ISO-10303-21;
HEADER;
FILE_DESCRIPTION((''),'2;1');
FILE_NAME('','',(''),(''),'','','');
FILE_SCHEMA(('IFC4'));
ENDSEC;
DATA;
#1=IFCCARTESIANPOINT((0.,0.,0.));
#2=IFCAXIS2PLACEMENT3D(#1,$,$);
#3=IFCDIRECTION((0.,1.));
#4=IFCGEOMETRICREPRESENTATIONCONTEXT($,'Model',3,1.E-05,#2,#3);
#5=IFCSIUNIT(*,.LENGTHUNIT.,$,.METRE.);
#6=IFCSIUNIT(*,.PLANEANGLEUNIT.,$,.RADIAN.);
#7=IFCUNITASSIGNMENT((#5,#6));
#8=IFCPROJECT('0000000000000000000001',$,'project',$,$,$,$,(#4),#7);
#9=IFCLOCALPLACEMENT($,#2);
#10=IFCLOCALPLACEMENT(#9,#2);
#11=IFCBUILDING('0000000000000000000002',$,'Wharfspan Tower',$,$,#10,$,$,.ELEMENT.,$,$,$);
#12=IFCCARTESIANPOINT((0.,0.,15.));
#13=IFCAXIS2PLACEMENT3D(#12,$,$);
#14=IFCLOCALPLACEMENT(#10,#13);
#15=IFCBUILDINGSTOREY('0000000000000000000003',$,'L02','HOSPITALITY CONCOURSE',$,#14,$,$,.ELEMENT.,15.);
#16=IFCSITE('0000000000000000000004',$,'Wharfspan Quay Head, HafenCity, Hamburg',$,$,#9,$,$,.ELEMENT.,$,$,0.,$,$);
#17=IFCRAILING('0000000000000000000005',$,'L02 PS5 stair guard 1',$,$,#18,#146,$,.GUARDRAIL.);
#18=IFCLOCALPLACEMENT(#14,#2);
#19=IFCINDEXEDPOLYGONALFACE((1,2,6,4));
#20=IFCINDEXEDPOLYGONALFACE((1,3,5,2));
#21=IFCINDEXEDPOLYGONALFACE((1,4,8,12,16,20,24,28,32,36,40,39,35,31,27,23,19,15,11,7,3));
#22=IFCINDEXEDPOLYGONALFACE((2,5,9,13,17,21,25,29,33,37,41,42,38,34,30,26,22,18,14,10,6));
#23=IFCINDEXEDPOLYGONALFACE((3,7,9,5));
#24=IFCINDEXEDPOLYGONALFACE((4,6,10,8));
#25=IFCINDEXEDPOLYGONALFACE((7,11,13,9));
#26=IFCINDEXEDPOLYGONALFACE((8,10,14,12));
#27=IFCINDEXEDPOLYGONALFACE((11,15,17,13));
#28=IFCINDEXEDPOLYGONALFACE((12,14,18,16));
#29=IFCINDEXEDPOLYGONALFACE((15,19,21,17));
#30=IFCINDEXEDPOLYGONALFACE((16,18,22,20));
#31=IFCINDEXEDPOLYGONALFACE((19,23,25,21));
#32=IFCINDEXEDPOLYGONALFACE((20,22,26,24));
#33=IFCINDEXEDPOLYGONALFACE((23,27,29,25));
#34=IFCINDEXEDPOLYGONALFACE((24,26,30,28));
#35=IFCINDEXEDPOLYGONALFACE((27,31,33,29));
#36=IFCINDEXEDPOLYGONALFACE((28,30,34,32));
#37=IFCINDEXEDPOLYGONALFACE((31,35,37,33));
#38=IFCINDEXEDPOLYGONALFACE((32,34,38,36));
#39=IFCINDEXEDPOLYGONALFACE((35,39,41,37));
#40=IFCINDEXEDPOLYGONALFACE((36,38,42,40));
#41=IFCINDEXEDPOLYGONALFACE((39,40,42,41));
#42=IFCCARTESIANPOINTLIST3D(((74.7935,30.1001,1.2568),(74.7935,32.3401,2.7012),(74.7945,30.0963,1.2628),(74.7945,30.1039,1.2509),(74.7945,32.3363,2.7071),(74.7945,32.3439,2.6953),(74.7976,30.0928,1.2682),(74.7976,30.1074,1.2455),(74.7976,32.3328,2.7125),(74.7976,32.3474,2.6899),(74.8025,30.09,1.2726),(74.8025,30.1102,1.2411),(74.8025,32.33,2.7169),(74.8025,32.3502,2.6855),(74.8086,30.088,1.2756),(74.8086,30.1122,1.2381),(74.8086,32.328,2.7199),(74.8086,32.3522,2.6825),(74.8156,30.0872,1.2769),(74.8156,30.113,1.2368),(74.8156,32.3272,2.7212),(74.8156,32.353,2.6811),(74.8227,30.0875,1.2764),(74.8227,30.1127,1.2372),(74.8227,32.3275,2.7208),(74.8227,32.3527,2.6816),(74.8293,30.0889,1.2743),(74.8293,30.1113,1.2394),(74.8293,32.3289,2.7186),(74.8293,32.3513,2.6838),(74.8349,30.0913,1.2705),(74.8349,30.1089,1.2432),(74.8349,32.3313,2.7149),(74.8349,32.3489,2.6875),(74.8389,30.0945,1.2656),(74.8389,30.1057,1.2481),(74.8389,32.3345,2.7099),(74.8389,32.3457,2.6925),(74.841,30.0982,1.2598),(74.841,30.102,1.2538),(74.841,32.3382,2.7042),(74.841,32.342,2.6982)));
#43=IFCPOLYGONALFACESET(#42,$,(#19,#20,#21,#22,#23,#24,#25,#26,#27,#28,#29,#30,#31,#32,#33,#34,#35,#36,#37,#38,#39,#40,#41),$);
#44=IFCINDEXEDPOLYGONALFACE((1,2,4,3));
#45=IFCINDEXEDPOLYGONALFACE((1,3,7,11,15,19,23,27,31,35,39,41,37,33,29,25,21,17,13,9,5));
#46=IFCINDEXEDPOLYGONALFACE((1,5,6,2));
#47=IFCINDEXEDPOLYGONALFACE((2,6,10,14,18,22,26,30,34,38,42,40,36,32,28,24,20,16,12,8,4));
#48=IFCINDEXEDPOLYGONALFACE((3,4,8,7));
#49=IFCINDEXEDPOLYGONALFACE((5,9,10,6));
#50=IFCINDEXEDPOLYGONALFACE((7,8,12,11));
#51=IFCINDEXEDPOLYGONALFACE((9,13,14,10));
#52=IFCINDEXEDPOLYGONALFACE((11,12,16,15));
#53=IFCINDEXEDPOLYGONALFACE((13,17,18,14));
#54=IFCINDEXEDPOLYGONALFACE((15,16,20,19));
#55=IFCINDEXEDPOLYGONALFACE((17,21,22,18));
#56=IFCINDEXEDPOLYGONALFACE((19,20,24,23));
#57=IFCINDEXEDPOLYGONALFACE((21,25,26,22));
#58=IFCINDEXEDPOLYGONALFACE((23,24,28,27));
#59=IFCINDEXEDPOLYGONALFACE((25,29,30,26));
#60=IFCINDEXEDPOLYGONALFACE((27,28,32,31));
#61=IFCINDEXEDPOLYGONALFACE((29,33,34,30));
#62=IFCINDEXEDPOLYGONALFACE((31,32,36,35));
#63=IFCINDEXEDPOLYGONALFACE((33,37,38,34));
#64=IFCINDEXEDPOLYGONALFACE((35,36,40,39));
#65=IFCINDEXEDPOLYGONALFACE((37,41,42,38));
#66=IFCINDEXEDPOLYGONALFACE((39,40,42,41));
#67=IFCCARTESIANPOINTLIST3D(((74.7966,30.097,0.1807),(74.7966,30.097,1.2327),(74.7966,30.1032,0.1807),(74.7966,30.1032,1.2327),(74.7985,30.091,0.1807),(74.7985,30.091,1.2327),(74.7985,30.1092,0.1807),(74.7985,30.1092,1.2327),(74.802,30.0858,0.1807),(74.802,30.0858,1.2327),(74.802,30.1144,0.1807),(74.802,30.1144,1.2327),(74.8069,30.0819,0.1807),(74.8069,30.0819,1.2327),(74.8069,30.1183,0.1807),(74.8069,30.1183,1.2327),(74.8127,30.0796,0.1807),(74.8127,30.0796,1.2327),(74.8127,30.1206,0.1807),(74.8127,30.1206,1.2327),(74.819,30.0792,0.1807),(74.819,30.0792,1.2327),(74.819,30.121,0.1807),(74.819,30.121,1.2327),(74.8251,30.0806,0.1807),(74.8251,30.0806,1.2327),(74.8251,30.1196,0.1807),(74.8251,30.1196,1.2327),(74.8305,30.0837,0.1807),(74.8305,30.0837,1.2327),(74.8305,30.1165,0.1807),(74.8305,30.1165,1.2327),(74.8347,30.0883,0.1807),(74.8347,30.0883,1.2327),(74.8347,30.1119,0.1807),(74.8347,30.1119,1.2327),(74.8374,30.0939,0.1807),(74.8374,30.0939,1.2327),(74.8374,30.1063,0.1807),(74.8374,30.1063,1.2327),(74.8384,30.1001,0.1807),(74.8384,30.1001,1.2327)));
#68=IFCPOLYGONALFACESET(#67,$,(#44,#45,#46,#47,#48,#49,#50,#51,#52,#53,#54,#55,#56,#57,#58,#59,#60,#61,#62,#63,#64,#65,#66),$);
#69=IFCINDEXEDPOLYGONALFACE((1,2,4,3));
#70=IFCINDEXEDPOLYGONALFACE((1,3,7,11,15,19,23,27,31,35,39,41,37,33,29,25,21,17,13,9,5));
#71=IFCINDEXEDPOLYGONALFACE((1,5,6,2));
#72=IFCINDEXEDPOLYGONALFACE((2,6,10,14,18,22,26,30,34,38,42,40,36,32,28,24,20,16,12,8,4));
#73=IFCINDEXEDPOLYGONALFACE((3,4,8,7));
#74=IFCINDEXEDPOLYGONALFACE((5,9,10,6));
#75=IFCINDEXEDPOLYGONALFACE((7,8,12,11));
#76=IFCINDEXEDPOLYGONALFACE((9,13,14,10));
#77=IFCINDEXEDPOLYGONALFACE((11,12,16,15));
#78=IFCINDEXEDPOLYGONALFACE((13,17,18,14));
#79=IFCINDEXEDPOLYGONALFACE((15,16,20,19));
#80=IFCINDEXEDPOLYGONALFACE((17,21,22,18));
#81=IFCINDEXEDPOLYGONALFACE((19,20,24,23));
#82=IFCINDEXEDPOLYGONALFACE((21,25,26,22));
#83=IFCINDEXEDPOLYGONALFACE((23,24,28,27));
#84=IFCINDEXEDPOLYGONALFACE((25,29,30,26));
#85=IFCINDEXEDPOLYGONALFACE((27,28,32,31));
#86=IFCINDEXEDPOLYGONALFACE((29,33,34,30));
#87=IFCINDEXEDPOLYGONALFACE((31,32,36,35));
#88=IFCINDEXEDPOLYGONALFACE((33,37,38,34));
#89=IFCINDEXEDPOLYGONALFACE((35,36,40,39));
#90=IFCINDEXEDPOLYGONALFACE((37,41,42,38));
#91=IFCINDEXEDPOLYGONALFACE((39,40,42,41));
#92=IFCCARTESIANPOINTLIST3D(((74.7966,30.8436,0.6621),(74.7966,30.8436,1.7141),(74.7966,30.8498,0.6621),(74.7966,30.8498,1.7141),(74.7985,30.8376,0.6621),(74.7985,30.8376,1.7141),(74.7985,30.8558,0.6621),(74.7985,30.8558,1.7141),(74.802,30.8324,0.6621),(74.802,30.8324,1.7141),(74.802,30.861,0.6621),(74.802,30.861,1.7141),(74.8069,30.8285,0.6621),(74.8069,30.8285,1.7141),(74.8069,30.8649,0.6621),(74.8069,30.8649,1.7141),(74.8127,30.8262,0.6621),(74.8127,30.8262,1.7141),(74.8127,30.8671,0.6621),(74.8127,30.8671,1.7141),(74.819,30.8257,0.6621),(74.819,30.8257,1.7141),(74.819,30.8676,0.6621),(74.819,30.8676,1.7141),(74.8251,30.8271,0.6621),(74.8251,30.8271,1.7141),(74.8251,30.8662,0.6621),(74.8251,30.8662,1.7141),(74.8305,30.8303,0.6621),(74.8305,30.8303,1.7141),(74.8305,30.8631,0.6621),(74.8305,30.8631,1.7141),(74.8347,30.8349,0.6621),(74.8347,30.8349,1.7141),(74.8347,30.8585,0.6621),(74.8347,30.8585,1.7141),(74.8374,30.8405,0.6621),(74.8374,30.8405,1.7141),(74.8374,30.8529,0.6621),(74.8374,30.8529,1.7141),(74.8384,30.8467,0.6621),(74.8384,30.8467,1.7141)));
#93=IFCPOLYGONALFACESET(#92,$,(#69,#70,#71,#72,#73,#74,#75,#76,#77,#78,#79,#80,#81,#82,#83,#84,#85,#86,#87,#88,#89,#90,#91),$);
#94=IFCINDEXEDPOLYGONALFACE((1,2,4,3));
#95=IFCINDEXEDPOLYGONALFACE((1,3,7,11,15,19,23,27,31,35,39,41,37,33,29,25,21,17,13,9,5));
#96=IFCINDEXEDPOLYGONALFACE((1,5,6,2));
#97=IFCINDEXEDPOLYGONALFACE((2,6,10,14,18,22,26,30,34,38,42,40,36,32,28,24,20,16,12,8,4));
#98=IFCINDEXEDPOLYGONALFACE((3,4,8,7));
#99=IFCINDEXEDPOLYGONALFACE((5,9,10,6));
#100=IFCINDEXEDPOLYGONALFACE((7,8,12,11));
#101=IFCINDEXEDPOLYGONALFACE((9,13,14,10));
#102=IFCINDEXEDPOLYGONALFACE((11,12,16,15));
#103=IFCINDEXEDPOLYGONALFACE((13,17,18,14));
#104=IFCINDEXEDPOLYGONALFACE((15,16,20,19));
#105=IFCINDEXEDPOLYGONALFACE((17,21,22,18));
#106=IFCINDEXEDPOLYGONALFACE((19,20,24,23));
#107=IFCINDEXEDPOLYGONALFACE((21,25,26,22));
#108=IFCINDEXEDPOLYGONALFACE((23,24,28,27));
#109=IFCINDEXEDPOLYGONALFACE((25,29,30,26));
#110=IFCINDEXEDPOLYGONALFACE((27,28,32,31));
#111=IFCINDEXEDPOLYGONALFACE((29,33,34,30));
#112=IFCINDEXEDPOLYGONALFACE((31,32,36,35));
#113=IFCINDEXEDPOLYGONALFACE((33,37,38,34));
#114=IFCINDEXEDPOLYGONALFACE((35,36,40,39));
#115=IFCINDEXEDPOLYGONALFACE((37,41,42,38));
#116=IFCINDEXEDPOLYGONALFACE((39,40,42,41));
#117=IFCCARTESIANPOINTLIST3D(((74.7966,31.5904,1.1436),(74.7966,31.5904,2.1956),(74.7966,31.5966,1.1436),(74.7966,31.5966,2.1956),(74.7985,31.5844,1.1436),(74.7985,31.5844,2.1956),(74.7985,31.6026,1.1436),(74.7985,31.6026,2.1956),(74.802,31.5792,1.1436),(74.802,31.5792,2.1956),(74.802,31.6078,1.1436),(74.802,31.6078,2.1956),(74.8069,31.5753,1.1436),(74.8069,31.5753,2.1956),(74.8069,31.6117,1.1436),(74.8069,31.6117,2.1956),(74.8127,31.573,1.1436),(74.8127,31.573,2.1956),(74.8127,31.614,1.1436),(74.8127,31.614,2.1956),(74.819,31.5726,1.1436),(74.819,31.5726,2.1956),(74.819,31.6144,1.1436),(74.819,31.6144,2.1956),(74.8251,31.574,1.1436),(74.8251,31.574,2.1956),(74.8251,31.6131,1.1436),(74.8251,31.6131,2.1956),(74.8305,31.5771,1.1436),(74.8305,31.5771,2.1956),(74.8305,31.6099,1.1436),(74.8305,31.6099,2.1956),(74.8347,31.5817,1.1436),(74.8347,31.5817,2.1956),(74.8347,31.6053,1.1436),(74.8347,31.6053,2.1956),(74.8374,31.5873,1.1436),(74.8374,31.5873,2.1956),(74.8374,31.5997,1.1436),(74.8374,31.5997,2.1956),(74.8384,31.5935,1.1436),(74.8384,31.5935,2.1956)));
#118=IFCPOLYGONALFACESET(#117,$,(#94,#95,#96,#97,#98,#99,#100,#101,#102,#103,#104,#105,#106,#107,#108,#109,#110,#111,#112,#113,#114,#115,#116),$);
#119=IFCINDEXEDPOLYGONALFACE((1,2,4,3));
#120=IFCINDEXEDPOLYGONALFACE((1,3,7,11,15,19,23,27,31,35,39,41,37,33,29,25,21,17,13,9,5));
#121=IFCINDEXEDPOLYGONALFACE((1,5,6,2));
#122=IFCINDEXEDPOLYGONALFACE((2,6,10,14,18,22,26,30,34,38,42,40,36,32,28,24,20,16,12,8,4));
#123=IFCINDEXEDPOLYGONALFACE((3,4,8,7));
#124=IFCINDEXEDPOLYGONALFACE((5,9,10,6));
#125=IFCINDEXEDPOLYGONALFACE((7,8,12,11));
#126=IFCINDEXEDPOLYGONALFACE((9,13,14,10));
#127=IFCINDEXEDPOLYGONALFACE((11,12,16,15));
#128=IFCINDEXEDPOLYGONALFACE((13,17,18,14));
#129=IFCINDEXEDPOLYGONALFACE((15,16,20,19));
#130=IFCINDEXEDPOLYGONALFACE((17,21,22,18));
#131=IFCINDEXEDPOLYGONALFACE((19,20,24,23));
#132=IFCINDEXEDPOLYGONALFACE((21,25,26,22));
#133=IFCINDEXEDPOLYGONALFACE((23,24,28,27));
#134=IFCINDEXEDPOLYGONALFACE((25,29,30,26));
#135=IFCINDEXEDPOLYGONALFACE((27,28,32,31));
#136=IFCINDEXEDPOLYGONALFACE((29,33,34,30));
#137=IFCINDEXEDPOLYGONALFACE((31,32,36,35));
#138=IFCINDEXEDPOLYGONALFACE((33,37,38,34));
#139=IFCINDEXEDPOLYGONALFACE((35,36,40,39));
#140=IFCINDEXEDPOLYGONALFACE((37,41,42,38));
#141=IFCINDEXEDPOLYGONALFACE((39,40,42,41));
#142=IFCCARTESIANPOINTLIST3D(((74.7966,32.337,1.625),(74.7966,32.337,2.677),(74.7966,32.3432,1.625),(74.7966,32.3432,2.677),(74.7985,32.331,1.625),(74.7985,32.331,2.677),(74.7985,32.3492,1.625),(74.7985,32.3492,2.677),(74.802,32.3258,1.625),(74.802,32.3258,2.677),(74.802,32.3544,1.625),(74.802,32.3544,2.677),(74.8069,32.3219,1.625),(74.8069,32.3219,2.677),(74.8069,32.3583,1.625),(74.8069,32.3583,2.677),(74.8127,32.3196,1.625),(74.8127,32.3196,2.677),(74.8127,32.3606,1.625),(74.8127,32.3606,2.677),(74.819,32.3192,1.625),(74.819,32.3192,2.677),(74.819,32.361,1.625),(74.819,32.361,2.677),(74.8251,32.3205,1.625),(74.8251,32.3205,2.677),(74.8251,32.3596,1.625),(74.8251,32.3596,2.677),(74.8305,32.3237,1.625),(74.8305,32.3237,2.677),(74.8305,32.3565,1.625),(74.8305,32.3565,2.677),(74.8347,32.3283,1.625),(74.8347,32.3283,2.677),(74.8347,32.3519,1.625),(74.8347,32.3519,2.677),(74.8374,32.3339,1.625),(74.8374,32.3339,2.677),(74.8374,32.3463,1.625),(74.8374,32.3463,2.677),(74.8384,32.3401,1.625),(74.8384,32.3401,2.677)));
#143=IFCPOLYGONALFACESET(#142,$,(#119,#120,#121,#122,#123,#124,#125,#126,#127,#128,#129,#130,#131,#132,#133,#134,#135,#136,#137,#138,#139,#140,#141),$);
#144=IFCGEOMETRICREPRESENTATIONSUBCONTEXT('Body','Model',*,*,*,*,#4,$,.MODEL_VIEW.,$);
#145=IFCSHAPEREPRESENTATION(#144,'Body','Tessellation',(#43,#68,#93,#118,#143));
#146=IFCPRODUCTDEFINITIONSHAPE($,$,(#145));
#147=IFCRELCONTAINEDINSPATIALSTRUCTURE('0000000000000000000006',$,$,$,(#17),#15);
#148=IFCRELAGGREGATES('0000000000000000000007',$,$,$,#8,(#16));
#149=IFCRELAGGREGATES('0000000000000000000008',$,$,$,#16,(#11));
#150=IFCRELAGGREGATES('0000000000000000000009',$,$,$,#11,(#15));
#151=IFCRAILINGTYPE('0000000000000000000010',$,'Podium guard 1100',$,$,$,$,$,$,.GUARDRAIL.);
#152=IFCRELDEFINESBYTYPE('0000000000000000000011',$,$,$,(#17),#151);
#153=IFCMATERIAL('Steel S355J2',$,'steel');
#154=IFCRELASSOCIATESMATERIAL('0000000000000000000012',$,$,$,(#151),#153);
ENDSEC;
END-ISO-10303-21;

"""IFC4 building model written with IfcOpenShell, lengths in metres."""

from ifc_helpers import new_model, si_unit, direction, frame, origin, origin_2d, place, context, subcontext, project, spatial, circle, extrude, material, type_object, element, save


model = new_model("IFC4")

# Units and contexts
model_context = context("Model", 3, precision=1e-05, world=origin(), true_north=direction((0.0, 1.0)))
body_context = subcontext(model_context, "Body", "Model", "MODEL_VIEW")
ifc_project = project(units=[si_unit("LENGTHUNIT", "METRE"), si_unit("PLANEANGLEUNIT", "RADIAN")], contexts=[model_context])

# Site, building, storey
site_placement = place(None, origin())
site = spatial("IfcSite", under=ifc_project, at=site_placement, Name="Wharfspan Quay Head, HafenCity, Hamburg", CompositionType="ELEMENT", RefElevation=0.0)
building_placement = place(site_placement, origin())
building = spatial("IfcBuilding", under=site, at=building_placement, Name="Wharfspan Tower", CompositionType="ELEMENT")
storey_placement = place(building_placement, frame((0.0, 0.0, 15.0)))
storey = spatial("IfcBuildingStorey", under=building, at=storey_placement, Name="L02", Description="HOSPITALITY CONCOURSE", CompositionType="ELEMENT", Elevation=15.0)

# Railing
ifc_material_1 = material(Name="Steel S355J2", Category="steel")
railing_type_1 = type_object("IfcRailingType", Name="Podium guard 1100", PredefinedType="GUARDRAIL", material=ifc_material_1)
railing_1_placement = place(storey_placement, frame((74.8174, 30.1001, 0.1807)))
element("IfcRailing", 1, at=railing_1_placement, inside=storey, type_object=railing_type_1, Name="L02 PS5 stair guard 1", PredefinedType="GUARDRAIL", context=body_context, shape_type="SweptSolid", body=[
    extrude(circle(Radius=0.0239, at=origin_2d()), frame((0.0, 0.0, 1.0762), z_axis=(0.0, 0.840437, 0.54191), x_axis=(-1.0, 0.0, 0.0)), (0.0, 0.0, 1.0), 2.6653),
    extrude(circle(Radius=0.021, at=origin_2d()), origin(), (0.0, 0.0, 1.0), 1.052),
    extrude(circle(Radius=0.021, at=origin_2d()), frame((0.0, 0.7466, 0.4814)), (0.0, 0.0, 1.0), 1.052),
    extrude(circle(Radius=0.021, at=origin_2d()), frame((0.0, 1.4934, 0.9629)), (0.0, 0.0, 1.0), 1.052),
    extrude(circle(Radius=0.021, at=origin_2d()), frame((0.0, 2.24, 1.4443)), (0.0, 0.0, 1.0), 1.052),
])

save(model, "model.ifc")
